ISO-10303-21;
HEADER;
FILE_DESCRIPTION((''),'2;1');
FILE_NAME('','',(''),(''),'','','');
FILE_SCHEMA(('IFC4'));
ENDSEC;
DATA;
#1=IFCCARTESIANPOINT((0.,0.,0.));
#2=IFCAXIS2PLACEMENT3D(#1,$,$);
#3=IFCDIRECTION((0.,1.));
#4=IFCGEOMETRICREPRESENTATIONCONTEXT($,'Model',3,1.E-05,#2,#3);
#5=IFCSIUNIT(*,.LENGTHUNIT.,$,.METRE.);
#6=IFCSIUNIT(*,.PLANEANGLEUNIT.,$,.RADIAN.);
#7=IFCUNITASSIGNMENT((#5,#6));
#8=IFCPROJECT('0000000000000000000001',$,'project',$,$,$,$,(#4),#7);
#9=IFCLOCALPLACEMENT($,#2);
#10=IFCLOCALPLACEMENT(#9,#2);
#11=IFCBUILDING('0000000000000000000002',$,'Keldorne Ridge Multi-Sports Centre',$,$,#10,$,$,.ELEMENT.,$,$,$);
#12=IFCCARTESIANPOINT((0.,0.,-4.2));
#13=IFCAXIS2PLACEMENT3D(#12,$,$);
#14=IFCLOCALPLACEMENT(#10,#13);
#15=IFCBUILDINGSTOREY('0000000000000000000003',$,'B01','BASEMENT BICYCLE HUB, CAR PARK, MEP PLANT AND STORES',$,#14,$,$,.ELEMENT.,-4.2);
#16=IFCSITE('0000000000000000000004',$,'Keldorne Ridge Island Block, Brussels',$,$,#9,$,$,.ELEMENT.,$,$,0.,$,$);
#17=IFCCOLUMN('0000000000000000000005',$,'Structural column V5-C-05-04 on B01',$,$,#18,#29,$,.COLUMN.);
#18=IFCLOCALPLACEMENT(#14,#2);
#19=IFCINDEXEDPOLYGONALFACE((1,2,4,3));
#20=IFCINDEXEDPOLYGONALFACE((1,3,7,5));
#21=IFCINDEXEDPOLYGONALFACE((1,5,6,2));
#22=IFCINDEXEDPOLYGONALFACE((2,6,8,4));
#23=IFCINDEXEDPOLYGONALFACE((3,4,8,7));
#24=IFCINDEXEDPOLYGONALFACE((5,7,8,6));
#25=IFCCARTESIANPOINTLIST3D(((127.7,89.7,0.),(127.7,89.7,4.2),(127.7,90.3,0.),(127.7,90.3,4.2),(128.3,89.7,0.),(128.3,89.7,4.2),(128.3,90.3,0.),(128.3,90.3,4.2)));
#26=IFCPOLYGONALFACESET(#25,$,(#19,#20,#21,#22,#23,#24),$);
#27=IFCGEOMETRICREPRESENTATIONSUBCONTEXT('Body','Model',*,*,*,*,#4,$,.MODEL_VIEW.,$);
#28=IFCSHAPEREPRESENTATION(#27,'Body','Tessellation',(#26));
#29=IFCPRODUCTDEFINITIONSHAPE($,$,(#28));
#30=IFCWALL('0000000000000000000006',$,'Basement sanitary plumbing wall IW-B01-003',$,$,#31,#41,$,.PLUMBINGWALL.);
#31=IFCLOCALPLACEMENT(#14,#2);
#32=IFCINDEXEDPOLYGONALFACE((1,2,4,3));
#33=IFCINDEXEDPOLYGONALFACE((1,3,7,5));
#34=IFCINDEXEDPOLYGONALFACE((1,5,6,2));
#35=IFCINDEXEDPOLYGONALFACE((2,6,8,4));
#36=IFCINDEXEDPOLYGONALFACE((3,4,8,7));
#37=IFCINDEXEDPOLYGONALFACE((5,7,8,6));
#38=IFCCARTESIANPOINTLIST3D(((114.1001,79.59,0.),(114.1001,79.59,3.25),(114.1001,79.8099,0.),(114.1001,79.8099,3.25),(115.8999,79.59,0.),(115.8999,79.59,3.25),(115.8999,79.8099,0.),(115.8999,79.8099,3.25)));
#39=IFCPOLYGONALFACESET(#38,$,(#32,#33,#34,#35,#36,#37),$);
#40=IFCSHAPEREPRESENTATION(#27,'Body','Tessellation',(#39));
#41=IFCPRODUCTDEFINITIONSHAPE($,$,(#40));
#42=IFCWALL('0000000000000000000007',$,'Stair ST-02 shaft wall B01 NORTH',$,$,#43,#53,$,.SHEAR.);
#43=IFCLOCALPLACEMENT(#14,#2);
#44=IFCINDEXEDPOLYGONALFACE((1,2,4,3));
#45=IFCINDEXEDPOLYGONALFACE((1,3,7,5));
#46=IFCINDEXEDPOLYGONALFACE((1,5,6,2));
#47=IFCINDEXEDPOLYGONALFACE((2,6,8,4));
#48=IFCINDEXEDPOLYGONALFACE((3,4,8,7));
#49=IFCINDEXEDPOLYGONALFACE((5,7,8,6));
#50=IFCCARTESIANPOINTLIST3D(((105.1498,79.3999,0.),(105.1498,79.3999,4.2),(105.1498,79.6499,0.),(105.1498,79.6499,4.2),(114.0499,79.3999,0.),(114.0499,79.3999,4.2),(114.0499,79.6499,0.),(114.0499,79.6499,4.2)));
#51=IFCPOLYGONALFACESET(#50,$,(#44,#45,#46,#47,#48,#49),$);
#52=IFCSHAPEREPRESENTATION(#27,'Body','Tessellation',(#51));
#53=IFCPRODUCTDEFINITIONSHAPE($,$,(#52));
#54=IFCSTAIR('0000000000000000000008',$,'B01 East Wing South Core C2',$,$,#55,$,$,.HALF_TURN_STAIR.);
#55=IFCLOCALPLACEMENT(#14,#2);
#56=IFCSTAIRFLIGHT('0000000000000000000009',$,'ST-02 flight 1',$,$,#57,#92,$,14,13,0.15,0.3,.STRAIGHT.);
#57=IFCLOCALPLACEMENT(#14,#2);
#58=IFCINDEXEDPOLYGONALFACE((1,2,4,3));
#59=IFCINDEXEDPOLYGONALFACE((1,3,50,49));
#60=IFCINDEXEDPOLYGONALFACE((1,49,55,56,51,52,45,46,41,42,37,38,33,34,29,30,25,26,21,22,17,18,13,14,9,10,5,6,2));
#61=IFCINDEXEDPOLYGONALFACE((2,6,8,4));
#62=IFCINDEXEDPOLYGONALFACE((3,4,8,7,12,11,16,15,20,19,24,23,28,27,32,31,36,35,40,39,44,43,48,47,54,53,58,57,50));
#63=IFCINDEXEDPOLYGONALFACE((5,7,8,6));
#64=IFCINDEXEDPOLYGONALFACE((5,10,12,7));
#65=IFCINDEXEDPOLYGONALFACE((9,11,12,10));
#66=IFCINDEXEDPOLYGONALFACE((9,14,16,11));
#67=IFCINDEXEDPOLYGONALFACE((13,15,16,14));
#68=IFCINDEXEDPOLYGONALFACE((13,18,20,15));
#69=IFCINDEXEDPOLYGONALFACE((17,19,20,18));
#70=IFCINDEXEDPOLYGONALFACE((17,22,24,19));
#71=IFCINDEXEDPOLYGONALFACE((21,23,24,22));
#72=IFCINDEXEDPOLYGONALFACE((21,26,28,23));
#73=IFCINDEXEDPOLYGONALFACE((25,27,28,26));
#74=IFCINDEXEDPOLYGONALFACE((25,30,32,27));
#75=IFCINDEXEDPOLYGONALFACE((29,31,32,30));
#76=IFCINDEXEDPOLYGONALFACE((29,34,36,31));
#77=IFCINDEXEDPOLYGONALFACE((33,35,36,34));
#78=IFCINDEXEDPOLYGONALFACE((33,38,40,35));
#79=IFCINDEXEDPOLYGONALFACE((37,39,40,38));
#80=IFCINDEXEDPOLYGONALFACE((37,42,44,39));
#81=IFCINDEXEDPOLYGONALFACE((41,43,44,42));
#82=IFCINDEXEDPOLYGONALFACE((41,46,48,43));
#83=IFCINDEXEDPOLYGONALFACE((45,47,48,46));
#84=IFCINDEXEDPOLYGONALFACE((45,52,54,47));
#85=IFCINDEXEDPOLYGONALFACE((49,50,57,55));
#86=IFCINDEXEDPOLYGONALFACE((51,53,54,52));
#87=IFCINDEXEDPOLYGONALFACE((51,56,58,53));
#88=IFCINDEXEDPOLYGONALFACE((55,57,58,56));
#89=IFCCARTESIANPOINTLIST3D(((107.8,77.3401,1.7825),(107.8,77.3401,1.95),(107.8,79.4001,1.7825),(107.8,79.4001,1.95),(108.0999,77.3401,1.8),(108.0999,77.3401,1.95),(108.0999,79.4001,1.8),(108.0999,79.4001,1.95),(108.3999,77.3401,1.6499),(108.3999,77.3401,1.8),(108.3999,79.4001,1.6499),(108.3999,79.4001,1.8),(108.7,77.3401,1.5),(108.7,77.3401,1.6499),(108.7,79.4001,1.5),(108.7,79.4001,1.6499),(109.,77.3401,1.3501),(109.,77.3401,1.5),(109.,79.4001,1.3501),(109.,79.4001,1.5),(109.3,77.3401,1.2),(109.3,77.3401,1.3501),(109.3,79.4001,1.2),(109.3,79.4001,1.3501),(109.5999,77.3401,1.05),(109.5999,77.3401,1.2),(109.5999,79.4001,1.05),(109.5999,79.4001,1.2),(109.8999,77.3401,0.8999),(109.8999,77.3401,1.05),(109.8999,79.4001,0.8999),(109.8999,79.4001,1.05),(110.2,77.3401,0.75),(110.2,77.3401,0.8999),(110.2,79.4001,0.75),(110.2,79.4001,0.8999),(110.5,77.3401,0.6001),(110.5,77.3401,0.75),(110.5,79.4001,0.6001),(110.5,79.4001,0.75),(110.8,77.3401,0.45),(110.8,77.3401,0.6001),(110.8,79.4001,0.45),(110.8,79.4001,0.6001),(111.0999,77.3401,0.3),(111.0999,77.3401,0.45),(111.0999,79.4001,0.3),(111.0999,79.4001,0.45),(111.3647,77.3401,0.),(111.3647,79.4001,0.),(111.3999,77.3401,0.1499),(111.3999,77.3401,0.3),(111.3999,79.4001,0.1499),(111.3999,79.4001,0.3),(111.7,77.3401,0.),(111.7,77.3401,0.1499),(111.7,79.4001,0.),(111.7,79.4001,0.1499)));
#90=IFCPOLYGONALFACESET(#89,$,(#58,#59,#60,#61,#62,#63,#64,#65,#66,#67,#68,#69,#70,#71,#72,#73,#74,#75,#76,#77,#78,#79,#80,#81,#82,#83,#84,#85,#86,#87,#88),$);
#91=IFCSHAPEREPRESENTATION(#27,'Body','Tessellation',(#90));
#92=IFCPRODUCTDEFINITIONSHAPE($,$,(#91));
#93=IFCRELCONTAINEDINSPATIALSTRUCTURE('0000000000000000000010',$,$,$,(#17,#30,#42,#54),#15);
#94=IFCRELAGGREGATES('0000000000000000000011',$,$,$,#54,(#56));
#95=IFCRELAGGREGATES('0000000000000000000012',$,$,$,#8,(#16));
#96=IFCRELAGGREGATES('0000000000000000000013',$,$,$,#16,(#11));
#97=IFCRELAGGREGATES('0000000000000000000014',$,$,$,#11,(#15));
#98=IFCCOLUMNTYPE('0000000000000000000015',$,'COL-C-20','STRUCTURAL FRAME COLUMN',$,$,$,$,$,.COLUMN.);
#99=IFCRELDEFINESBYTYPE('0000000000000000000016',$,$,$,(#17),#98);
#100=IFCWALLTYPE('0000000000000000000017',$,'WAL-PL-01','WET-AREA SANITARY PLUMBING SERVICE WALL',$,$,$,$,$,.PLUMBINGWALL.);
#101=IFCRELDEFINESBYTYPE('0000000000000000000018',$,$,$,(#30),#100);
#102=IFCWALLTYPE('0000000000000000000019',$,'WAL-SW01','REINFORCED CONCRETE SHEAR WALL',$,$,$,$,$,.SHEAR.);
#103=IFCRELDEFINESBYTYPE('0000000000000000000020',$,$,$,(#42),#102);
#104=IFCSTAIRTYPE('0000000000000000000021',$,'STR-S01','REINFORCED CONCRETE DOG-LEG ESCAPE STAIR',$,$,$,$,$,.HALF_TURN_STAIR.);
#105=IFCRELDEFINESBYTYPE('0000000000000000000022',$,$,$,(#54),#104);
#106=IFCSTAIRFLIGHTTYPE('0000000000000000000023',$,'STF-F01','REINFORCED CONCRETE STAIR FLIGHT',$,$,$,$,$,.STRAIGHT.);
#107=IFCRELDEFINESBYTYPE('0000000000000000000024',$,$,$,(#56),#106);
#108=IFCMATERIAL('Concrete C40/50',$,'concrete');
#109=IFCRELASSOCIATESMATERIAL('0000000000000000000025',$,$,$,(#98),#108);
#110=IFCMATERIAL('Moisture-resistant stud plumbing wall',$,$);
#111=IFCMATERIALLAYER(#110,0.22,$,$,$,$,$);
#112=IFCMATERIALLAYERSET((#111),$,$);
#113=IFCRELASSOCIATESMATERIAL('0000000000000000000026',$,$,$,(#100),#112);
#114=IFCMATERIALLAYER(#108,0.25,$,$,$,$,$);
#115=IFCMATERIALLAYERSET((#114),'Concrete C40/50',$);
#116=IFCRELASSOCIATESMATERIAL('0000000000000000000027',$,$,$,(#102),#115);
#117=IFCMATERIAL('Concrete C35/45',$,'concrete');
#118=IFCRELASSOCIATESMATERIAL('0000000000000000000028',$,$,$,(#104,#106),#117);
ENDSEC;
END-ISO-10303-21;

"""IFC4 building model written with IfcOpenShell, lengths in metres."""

from ifc_helpers import new_model, si_unit, direction, frame, frame_2d, origin, origin_2d, place, context, subcontext, project, spatial, polyline, rectangle, outline, extrude, material, layer, layer_set, material_profile, profile_set, type_object, element, aggregate, save


model = new_model("IFC4")

# Units and contexts
model_context = context("Model", 3, precision=1e-05, world=origin(), true_north=direction((0.0, 1.0)))
body_context = subcontext(model_context, "Body", "Model", "MODEL_VIEW")
ifc_project = project(units=[si_unit("LENGTHUNIT", "METRE"), si_unit("PLANEANGLEUNIT", "RADIAN")], contexts=[model_context])

# Site, building, storey
site_placement = place(None, origin())
site = spatial("IfcSite", under=ifc_project, at=site_placement, Name="Keldorne Ridge Island Block, Brussels", CompositionType="ELEMENT", RefElevation=0.0)
building_placement = place(site_placement, origin())
building = spatial("IfcBuilding", under=site, at=building_placement, Name="Keldorne Ridge Multi-Sports Centre", CompositionType="ELEMENT")
storey_placement = place(building_placement, frame((0.0, 0.0, -4.2)))
storey = spatial("IfcBuildingStorey", under=building, at=storey_placement, Name="B01", Description="BASEMENT BICYCLE HUB, CAR PARK, MEP PLANT AND STORES", CompositionType="ELEMENT", Elevation=-4.2)

# Shared definitions
ifc_material_1 = material(Name="Concrete C35/45", Category="concrete")

# Column
ifc_material_2 = material(Name="Concrete C40/50", Category="concrete")
ifc_material_profile_1 = material_profile(ifc_material_2, rectangle(XDim=0.6001, YDim=0.6001, at=origin_2d()), Name="RC 600x600")
ifc_profile_set_1 = profile_set([ifc_material_profile_1], Name="Concrete C40/50")
column_type = type_object("IfcColumnType", Name="COL-C-20", Description="STRUCTURAL FRAME COLUMN", PredefinedType="COLUMN", material=ifc_profile_set_1)
for number, where, z_axis, x_axis, name in (
    (1, (128.0, 90.0, 0.0), (0.0, 0.0, 1.0), (1.0, 0.0, 0.0), "Structural column V5-C-05-04 on B01"),
):
    element("IfcColumn", number, at=place(storey_placement, frame(where, z_axis=z_axis, x_axis=x_axis)), inside=storey, type_object=column_type, Name=name, PredefinedType="COLUMN", context=body_context, shape_type="SweptSolid", body=[
        extrude(rectangle(XDim=0.6001, YDim=0.6001, at=origin_2d()), origin(), (0.0, 0.0, 1.0), 4.2),
    ])

# Walls
ifc_material_3 = material(Name="Moisture-resistant stud plumbing wall")
ifc_layer_1 = layer(ifc_material_3, 0.22)
ifc_layer_set_1 = layer_set([ifc_layer_1])
wall_type_1 = type_object("IfcWallType", Name="WAL-PL-01", Description="WET-AREA SANITARY PLUMBING SERVICE WALL", PredefinedType="PLUMBINGWALL", material=ifc_layer_set_1)
wall_1_placement = place(storey_placement, frame((114.1001, 79.7, 0.0), z_axis=(0.0, 0.0, 1.0), x_axis=(1.0, 0.0, 0.0)))
element("IfcWall", 2, at=wall_1_placement, inside=storey, type_object=wall_type_1, Name="Basement sanitary plumbing wall IW-B01-003", PredefinedType="PLUMBINGWALL", context=body_context, shape_type="SweptSolid", body=[
    extrude(rectangle(XDim=1.7998, YDim=0.22, at=frame_2d((0.8999, 0.0))), origin(), (0.0, 0.0, 1.0), 3.25),
])
ifc_layer_2 = layer(ifc_material_2, 0.25)
ifc_layer_set_2 = layer_set([ifc_layer_2], Name="Concrete C40/50")
wall_type_2 = type_object("IfcWallType", Name="WAL-SW01", Description="REINFORCED CONCRETE SHEAR WALL", PredefinedType="SHEAR", material=ifc_layer_set_2)
wall_2_placement = place(storey_placement, frame((114.05, 79.5249, 0.0), z_axis=(0.0, 0.0, 1.0), x_axis=(-1.0, 0.0, 0.0)))
element("IfcWall", 3, at=wall_2_placement, inside=storey, type_object=wall_type_2, Name="Stair ST-02 shaft wall B01 NORTH", PredefinedType="SHEAR", context=body_context, shape_type="SweptSolid", body=[
    extrude(rectangle(XDim=8.9001, YDim=0.25, at=frame_2d((4.4502, 0.0))), origin(), (0.0, 0.0, 1.0), 4.2),
])

# Stair, stair flight
stair_type = type_object("IfcStairType", Name="STR-S01", Description="REINFORCED CONCRETE DOG-LEG ESCAPE STAIR", PredefinedType="HALF_TURN_STAIR", material=ifc_material_1)
stair_placement = place(storey_placement, origin())
stair = element("IfcStair", 4, at=stair_placement, inside=storey, type_object=stair_type, Name="B01 East Wing South Core C2", PredefinedType="HALF_TURN_STAIR")
stair_flight_type = type_object("IfcStairFlightType", Name="STF-F01", Description="REINFORCED CONCRETE STAIR FLIGHT", PredefinedType="STRAIGHT", material=ifc_material_1)
stair_flight_placement = place(storey_placement, frame((111.7, 78.3701, 0.0), z_axis=(0.0, 0.0, 1.0), x_axis=(-1.0, 0.0, 0.0)))
stair_flight = element("IfcStairFlight", 5, at=stair_flight_placement, type_object=stair_flight_type, Name="ST-02 flight 1", NumberOfRisers=14, NumberOfTreads=13, PredefinedType="STRAIGHT", RiserHeight=0.15, TreadLength=0.3, context=body_context, shape_type="SweptSolid", body=[
    extrude(outline(polyline([(0.0, 0.0), (0.0, 0.1499), (0.3, 0.1499), (0.3, 0.3), (0.6001, 0.3), (0.6001, 0.45), (0.8999, 0.45), (0.8999, 0.6001), (1.2, 0.6001), (1.2, 0.75), (1.5, 0.75), (1.5, 0.8999), (1.8, 0.8999), (1.8, 1.05), (2.1001, 1.05), (2.1001, 1.2), (2.3999, 1.2), (2.3999, 1.3501), (2.7, 1.3501), (2.7, 1.5), (3.0, 1.5), (3.0, 1.6499), (3.3, 1.6499), (3.3, 1.8), (3.6001, 1.8), (3.6001, 1.95), (3.8999, 1.95), (3.8999, 2.1001), (3.8999, 1.7825), (0.3352, 0.0), (0.0, 0.0)])), frame((0.0, 1.03, 0.0), z_axis=(0.0, -1.0, 0.0), x_axis=(1.0, 0.0, 0.0)), (0.0, 0.0, 1.0), 2.0601),
])
aggregate(stair, [stair_flight])

save(model, "model.ifc")
